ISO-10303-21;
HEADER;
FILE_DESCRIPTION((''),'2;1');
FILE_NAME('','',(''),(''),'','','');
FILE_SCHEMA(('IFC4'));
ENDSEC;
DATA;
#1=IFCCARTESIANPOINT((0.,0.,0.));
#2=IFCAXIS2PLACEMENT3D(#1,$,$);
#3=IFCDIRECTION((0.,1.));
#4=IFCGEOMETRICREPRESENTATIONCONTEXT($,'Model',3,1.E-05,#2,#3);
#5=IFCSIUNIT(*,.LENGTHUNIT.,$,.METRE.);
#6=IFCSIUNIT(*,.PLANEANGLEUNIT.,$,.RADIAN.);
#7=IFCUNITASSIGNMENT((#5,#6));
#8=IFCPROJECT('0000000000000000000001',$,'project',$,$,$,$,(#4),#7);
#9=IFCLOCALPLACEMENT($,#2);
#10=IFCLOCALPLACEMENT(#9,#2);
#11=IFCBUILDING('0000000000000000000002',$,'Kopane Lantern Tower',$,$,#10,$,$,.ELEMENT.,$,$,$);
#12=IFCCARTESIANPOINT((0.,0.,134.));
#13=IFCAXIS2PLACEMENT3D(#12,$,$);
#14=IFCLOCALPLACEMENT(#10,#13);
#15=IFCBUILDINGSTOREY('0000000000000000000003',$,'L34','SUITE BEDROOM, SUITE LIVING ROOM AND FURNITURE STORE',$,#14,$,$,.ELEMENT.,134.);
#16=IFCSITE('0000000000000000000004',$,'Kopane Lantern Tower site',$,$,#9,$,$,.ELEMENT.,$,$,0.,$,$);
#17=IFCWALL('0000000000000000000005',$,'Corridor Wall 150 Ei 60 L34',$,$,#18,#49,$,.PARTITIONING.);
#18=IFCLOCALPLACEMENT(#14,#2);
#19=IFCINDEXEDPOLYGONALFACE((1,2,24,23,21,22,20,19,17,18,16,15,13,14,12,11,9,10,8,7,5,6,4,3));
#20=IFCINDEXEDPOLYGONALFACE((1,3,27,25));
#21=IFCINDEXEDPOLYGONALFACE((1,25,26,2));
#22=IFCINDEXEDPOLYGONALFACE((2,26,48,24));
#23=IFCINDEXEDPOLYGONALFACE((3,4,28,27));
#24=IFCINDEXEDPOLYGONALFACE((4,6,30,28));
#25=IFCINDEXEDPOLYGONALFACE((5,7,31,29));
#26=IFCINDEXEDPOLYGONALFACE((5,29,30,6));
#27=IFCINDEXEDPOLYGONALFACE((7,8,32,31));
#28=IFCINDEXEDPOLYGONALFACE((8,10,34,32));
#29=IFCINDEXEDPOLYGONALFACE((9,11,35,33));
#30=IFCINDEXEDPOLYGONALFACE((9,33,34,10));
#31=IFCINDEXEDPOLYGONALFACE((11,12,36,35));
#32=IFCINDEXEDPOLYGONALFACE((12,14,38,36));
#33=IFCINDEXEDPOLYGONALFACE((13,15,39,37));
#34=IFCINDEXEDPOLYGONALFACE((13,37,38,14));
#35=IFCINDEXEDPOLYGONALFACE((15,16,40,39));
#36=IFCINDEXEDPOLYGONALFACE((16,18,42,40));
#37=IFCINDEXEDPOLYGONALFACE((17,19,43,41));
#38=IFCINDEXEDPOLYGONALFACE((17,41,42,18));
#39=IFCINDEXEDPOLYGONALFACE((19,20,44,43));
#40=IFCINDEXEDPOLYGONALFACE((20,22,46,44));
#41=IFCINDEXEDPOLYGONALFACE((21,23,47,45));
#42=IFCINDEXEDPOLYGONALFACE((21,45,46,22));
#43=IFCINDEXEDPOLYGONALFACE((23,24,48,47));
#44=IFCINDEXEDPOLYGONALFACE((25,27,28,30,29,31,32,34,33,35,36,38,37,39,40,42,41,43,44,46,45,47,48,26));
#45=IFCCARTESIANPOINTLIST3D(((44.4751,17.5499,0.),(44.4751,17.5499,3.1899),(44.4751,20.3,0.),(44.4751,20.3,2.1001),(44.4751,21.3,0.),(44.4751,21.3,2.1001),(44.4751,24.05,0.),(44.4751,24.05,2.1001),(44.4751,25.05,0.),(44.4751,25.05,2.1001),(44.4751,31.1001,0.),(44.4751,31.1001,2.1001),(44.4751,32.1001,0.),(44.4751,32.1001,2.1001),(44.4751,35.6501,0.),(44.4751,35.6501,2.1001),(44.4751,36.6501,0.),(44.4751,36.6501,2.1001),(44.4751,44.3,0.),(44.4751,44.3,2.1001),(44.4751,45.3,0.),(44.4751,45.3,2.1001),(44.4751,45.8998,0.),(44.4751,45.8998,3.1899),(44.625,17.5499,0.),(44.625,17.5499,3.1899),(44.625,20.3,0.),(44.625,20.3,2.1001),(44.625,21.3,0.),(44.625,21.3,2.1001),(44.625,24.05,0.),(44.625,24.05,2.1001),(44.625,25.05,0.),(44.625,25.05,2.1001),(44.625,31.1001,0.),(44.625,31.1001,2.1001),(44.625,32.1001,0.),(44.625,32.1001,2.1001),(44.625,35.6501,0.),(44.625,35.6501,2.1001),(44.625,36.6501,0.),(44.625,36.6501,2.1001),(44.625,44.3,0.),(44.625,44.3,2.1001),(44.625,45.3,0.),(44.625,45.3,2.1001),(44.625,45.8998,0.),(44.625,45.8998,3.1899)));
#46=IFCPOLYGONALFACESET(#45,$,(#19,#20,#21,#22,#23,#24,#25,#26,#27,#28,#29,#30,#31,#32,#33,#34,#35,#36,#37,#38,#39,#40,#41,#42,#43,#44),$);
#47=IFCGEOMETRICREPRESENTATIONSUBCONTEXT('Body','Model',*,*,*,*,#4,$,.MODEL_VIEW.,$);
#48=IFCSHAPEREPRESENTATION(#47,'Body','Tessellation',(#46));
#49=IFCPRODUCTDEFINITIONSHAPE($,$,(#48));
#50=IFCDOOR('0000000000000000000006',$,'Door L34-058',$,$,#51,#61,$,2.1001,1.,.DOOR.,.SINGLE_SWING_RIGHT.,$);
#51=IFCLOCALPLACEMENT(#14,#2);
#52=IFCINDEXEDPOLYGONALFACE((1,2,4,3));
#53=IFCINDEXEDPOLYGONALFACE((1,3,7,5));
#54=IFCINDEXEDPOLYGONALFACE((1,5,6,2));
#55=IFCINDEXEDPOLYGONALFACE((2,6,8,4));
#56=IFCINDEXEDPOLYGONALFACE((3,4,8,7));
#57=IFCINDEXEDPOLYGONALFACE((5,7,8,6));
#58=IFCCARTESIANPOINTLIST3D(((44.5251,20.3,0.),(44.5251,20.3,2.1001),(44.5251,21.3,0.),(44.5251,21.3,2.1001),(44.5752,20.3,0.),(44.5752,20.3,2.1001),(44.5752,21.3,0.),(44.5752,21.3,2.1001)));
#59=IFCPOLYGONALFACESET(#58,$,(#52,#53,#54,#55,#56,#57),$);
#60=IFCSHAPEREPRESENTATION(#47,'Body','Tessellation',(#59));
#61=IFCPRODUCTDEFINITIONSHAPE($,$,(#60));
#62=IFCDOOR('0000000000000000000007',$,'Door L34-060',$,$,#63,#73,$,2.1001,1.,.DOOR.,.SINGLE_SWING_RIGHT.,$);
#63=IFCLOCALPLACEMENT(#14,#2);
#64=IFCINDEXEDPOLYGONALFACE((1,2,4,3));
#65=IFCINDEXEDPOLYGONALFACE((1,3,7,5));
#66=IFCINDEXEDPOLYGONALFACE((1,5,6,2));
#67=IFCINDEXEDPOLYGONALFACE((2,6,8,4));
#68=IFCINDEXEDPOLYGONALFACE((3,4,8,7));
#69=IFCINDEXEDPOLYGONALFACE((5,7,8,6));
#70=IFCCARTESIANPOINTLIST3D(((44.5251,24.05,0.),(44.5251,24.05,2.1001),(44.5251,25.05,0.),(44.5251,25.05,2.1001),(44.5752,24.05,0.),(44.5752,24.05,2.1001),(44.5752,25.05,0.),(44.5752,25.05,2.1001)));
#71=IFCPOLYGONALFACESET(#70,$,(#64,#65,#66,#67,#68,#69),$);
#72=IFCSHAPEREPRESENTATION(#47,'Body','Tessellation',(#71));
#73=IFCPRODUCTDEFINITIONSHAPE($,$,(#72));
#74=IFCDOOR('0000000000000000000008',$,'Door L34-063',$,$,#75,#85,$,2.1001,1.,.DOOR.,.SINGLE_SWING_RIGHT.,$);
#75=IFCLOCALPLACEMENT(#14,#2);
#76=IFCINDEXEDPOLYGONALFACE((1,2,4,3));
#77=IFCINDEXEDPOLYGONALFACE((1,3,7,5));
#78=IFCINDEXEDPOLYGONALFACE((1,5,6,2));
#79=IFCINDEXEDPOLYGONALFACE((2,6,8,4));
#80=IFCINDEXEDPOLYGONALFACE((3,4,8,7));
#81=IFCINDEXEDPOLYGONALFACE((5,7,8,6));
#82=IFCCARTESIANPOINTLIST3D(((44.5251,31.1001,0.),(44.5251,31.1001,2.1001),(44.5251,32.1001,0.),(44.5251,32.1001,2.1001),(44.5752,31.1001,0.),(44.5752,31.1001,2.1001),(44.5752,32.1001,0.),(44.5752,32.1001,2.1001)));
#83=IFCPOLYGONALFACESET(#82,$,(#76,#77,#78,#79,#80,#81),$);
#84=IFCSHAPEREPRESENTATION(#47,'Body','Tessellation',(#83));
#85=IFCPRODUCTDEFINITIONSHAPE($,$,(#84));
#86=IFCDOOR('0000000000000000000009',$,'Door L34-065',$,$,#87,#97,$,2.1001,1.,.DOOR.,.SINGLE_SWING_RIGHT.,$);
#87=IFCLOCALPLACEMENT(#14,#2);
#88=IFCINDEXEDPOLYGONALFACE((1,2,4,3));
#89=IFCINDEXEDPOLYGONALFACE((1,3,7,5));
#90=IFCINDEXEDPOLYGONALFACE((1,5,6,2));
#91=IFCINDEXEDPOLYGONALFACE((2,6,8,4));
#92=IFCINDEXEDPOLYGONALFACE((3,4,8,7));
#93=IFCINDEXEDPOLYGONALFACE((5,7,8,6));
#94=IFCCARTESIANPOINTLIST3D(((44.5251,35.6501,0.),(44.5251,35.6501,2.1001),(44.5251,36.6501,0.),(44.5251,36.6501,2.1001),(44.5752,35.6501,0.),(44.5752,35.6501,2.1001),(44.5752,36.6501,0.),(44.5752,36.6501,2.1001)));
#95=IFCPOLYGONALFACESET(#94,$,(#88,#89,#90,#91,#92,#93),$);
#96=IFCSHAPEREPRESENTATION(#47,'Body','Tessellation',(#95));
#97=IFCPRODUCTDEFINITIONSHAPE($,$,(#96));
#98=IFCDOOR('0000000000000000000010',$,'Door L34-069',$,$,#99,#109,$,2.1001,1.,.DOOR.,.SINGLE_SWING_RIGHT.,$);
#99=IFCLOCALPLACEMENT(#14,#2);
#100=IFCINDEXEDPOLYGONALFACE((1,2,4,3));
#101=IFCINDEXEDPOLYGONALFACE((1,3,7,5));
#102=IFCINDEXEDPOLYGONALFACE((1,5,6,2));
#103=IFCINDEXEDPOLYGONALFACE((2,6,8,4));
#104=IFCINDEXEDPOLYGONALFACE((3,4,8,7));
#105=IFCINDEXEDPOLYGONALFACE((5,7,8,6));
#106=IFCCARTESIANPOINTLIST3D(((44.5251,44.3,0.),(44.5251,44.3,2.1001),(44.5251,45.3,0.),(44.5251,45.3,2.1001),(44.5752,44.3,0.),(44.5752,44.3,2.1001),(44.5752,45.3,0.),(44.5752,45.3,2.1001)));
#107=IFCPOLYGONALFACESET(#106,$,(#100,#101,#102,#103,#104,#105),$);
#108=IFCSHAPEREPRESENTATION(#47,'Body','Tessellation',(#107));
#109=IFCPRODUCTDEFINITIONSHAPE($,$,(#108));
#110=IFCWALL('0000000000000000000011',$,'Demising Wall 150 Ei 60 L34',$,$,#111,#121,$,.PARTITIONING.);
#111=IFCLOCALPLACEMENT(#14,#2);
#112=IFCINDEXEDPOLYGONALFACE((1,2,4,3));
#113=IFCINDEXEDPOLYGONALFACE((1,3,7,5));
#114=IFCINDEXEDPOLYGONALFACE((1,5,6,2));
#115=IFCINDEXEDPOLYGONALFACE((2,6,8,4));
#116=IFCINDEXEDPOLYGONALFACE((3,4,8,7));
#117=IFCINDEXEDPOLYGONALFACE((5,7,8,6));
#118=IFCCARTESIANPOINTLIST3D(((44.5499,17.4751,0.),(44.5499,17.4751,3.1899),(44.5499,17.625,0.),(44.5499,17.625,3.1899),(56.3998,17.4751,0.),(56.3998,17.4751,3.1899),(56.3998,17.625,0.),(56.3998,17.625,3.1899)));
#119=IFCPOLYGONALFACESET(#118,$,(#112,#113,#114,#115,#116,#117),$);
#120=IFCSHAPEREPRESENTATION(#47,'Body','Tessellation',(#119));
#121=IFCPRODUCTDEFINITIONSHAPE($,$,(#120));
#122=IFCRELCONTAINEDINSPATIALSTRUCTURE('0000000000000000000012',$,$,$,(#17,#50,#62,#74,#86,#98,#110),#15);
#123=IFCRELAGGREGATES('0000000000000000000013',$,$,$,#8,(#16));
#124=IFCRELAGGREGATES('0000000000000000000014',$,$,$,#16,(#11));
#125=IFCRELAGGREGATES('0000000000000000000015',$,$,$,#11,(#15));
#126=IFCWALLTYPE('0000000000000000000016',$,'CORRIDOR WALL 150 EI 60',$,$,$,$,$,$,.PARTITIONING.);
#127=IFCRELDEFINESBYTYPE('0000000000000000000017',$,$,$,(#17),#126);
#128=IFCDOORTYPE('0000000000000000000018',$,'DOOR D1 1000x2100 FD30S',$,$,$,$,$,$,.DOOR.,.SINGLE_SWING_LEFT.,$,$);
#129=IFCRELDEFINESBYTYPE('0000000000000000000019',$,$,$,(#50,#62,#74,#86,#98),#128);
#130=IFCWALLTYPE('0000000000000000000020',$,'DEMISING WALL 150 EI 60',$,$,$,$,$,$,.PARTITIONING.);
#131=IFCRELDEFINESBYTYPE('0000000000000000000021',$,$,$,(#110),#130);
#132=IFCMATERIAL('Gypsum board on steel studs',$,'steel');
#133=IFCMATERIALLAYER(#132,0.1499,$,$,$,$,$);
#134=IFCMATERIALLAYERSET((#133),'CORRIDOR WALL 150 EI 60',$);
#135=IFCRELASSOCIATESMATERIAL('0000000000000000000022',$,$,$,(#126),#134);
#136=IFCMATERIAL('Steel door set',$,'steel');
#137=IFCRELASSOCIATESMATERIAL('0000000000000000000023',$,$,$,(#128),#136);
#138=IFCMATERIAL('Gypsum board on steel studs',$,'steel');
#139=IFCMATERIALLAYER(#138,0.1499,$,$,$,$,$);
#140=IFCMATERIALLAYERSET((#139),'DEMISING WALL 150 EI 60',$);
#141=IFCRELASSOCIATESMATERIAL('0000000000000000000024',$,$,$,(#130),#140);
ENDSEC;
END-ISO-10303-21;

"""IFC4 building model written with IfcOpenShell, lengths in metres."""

from ifc_helpers import new_model, si_unit, direction, frame, frame_2d, origin, place, context, subcontext, project, spatial, rectangle, extrude, material, layer, layer_set, type_object, element, fill, save


model = new_model("IFC4")

# Units and contexts
model_context = context("Model", 3, precision=1e-05, world=origin(), true_north=direction((0.0, 1.0)))
body_context = subcontext(model_context, "Body", "Model", "MODEL_VIEW")
ifc_project = project(units=[si_unit("LENGTHUNIT", "METRE"), si_unit("PLANEANGLEUNIT", "RADIAN")], contexts=[model_context])

# Site, building, storey
site_placement = place(None, origin())
site = spatial("IfcSite", under=ifc_project, at=site_placement, Name="Kopane Lantern Tower site", CompositionType="ELEMENT", RefElevation=0.0)
building_placement = place(site_placement, origin())
building = spatial("IfcBuilding", under=site, at=building_placement, Name="Kopane Lantern Tower", CompositionType="ELEMENT")
storey_placement = place(building_placement, frame((0.0, 0.0, 134.0)))
storey = spatial("IfcBuildingStorey", under=building, at=storey_placement, Name="L34", Description="SUITE BEDROOM, SUITE LIVING ROOM AND FURNITURE STORE", CompositionType="ELEMENT", Elevation=134.0)

# Wall, openings, doors
ifc_material_1 = material(Name="Gypsum board on steel studs", Category="steel")
ifc_layer_1 = layer(ifc_material_1, 0.1499)
ifc_layer_set_1 = layer_set([ifc_layer_1], Name="CORRIDOR WALL 150 EI 60")
wall_type_1 = type_object("IfcWallType", Name="CORRIDOR WALL 150 EI 60", PredefinedType="PARTITIONING", material=ifc_layer_set_1)
wall_1_placement = place(storey_placement, frame((44.55, 17.55, 0.0), z_axis=(0.0, 0.0, 1.0), x_axis=(0.0, 1.0, 0.0)))
wall_1 = element("IfcWall", 1, at=wall_1_placement, inside=storey, type_object=wall_type_1, Name="Corridor Wall 150 Ei 60 L34", PredefinedType="PARTITIONING", context=body_context, shape_type="SweptSolid", body=[
    extrude(rectangle(XDim=28.3499, YDim=0.1499, at=frame_2d((14.1748, 0.0))), origin(), (0.0, 0.0, 1.0), 3.1899),
])
opening_1_placement = place(wall_1_placement, frame((2.75, 0.0, 0.0)))
opening_1 = element("IfcOpeningElement", 2, at=opening_1_placement, cuts=wall_1, PredefinedType="OPENING", context=body_context, shape_type="SweptSolid", body=[
    extrude(rectangle(XDim=1.0, YDim=2.1001, at=frame_2d((0.5, 1.05))), frame((0.0, 0.085, 0.0), z_axis=(0.0, -1.0, 0.0), x_axis=(1.0, 0.0, 0.0)), (0.0, 0.0, 1.0), 0.1699),
])
opening_2_placement = place(wall_1_placement, frame((6.5, 0.0, 0.0)))
opening_2 = element("IfcOpeningElement", 3, at=opening_2_placement, cuts=wall_1, PredefinedType="OPENING", context=body_context, shape_type="SweptSolid", body=[
    extrude(rectangle(XDim=1.0, YDim=2.1001, at=frame_2d((0.5, 1.05))), frame((0.0, 0.085, 0.0), z_axis=(0.0, -1.0, 0.0), x_axis=(1.0, 0.0, 0.0)), (0.0, 0.0, 1.0), 0.1699),
])
opening_3_placement = place(wall_1_placement, frame((13.55, 0.0, 0.0)))
opening_3 = element("IfcOpeningElement", 4, at=opening_3_placement, cuts=wall_1, PredefinedType="OPENING", context=body_context, shape_type="SweptSolid", body=[
    extrude(rectangle(XDim=1.0, YDim=2.1001, at=frame_2d((0.5, 1.05))), frame((0.0, 0.085, 0.0), z_axis=(0.0, -1.0, 0.0), x_axis=(1.0, 0.0, 0.0)), (0.0, 0.0, 1.0), 0.1699),
])
opening_4_placement = place(wall_1_placement, frame((18.1001, 0.0, 0.0)))
opening_4 = element("IfcOpeningElement", 5, at=opening_4_placement, cuts=wall_1, PredefinedType="OPENING", context=body_context, shape_type="SweptSolid", body=[
    extrude(rectangle(XDim=1.0, YDim=2.1001, at=frame_2d((0.5, 1.05))), frame((0.0, 0.085, 0.0), z_axis=(0.0, -1.0, 0.0), x_axis=(1.0, 0.0, 0.0)), (0.0, 0.0, 1.0), 0.1699),
])
opening_5_placement = place(wall_1_placement, frame((26.75, 0.0, 0.0)))
opening_5 = element("IfcOpeningElement", 6, at=opening_5_placement, cuts=wall_1, PredefinedType="OPENING", context=body_context, shape_type="SweptSolid", body=[
    extrude(rectangle(XDim=1.0, YDim=2.1001, at=frame_2d((0.5, 1.05))), frame((0.0, 0.085, 0.0), z_axis=(0.0, -1.0, 0.0), x_axis=(1.0, 0.0, 0.0)), (0.0, 0.0, 1.0), 0.1699),
])
ifc_material_2 = material(Name="Steel door set", Category="steel")
door_type_1 = type_object("IfcDoorType", Name="DOOR D1 1000x2100 FD30S", OperationType="SINGLE_SWING_LEFT", PredefinedType="DOOR", material=ifc_material_2)
door_1_placement = place(opening_1_placement, origin())
door_1 = element("IfcDoor", 7, at=door_1_placement, inside=storey, type_object=door_type_1, Name="Door L34-058", OperationType="SINGLE_SWING_RIGHT", OverallHeight=2.1001, OverallWidth=1.0, PredefinedType="DOOR", context=body_context, shape_type="SweptSolid", body=[
    extrude(rectangle(XDim=1.0, YDim=2.1001, at=frame_2d((0.5, 1.05))), frame((0.0, 0.0249, 0.0), z_axis=(0.0, -1.0, 0.0), x_axis=(1.0, 0.0, 0.0)), (0.0, 0.0, 1.0), 0.05),
])
fill(opening_1, door_1)
door_2_placement = place(opening_2_placement, origin())
door_2 = element("IfcDoor", 8, at=door_2_placement, inside=storey, type_object=door_type_1, Name="Door L34-060", OperationType="SINGLE_SWING_RIGHT", OverallHeight=2.1001, OverallWidth=1.0, PredefinedType="DOOR", context=body_context, shape_type="SweptSolid", body=[
    extrude(rectangle(XDim=1.0, YDim=2.1001, at=frame_2d((0.5, 1.05))), frame((0.0, 0.0249, 0.0), z_axis=(0.0, -1.0, 0.0), x_axis=(1.0, 0.0, 0.0)), (0.0, 0.0, 1.0), 0.05),
])
fill(opening_2, door_2)
door_3_placement = place(opening_3_placement, origin())
door_3 = element("IfcDoor", 9, at=door_3_placement, inside=storey, type_object=door_type_1, Name="Door L34-063", OperationType="SINGLE_SWING_RIGHT", OverallHeight=2.1001, OverallWidth=1.0, PredefinedType="DOOR", context=body_context, shape_type="SweptSolid", body=[
    extrude(rectangle(XDim=1.0, YDim=2.1001, at=frame_2d((0.5, 1.05))), frame((0.0, 0.0249, 0.0), z_axis=(0.0, -1.0, 0.0), x_axis=(1.0, 0.0, 0.0)), (0.0, 0.0, 1.0), 0.05),
])
fill(opening_3, door_3)
door_4_placement = place(opening_4_placement, origin())
door_4 = element("IfcDoor", 10, at=door_4_placement, inside=storey, type_object=door_type_1, Name="Door L34-065", OperationType="SINGLE_SWING_RIGHT", OverallHeight=2.1001, OverallWidth=1.0, PredefinedType="DOOR", context=body_context, shape_type="SweptSolid", body=[
    extrude(rectangle(XDim=1.0, YDim=2.1001, at=frame_2d((0.5, 1.05))), frame((0.0, 0.0249, 0.0), z_axis=(0.0, -1.0, 0.0), x_axis=(1.0, 0.0, 0.0)), (0.0, 0.0, 1.0), 0.05),
])
fill(opening_4, door_4)
door_5_placement = place(opening_5_placement, origin())
door_5 = element("IfcDoor", 11, at=door_5_placement, inside=storey, type_object=door_type_1, Name="Door L34-069", OperationType="SINGLE_SWING_RIGHT", OverallHeight=2.1001, OverallWidth=1.0, PredefinedType="DOOR", context=body_context, shape_type="SweptSolid", body=[
    extrude(rectangle(XDim=1.0, YDim=2.1001, at=frame_2d((0.5, 1.05))), frame((0.0, 0.0249, 0.0), z_axis=(0.0, -1.0, 0.0), x_axis=(1.0, 0.0, 0.0)), (0.0, 0.0, 1.0), 0.05),
])
fill(opening_5, door_5)

# Wall
ifc_material_3 = material(Name="Gypsum board on steel studs", Category="steel")
ifc_layer_2 = layer(ifc_material_3, 0.1499)
ifc_layer_set_2 = layer_set([ifc_layer_2], Name="DEMISING WALL 150 EI 60")
wall_type_2 = type_object("IfcWallType", Name="DEMISING WALL 150 EI 60", PredefinedType="PARTITIONING", material=ifc_layer_set_2)
wall_2_placement = place(storey_placement, frame((44.55, 17.55, 0.0), z_axis=(0.0, 0.0, 1.0), x_axis=(1.0, 0.0, 0.0)))
element("IfcWall", 12, at=wall_2_placement, inside=storey, type_object=wall_type_2, Name="Demising Wall 150 Ei 60 L34", PredefinedType="PARTITIONING", context=body_context, shape_type="SweptSolid", body=[
    extrude(rectangle(XDim=11.8499, YDim=0.1499, at=frame_2d((5.9248, 0.0))), origin(), (0.0, 0.0, 1.0), 3.1899),
])

save(model, "model.ifc")
